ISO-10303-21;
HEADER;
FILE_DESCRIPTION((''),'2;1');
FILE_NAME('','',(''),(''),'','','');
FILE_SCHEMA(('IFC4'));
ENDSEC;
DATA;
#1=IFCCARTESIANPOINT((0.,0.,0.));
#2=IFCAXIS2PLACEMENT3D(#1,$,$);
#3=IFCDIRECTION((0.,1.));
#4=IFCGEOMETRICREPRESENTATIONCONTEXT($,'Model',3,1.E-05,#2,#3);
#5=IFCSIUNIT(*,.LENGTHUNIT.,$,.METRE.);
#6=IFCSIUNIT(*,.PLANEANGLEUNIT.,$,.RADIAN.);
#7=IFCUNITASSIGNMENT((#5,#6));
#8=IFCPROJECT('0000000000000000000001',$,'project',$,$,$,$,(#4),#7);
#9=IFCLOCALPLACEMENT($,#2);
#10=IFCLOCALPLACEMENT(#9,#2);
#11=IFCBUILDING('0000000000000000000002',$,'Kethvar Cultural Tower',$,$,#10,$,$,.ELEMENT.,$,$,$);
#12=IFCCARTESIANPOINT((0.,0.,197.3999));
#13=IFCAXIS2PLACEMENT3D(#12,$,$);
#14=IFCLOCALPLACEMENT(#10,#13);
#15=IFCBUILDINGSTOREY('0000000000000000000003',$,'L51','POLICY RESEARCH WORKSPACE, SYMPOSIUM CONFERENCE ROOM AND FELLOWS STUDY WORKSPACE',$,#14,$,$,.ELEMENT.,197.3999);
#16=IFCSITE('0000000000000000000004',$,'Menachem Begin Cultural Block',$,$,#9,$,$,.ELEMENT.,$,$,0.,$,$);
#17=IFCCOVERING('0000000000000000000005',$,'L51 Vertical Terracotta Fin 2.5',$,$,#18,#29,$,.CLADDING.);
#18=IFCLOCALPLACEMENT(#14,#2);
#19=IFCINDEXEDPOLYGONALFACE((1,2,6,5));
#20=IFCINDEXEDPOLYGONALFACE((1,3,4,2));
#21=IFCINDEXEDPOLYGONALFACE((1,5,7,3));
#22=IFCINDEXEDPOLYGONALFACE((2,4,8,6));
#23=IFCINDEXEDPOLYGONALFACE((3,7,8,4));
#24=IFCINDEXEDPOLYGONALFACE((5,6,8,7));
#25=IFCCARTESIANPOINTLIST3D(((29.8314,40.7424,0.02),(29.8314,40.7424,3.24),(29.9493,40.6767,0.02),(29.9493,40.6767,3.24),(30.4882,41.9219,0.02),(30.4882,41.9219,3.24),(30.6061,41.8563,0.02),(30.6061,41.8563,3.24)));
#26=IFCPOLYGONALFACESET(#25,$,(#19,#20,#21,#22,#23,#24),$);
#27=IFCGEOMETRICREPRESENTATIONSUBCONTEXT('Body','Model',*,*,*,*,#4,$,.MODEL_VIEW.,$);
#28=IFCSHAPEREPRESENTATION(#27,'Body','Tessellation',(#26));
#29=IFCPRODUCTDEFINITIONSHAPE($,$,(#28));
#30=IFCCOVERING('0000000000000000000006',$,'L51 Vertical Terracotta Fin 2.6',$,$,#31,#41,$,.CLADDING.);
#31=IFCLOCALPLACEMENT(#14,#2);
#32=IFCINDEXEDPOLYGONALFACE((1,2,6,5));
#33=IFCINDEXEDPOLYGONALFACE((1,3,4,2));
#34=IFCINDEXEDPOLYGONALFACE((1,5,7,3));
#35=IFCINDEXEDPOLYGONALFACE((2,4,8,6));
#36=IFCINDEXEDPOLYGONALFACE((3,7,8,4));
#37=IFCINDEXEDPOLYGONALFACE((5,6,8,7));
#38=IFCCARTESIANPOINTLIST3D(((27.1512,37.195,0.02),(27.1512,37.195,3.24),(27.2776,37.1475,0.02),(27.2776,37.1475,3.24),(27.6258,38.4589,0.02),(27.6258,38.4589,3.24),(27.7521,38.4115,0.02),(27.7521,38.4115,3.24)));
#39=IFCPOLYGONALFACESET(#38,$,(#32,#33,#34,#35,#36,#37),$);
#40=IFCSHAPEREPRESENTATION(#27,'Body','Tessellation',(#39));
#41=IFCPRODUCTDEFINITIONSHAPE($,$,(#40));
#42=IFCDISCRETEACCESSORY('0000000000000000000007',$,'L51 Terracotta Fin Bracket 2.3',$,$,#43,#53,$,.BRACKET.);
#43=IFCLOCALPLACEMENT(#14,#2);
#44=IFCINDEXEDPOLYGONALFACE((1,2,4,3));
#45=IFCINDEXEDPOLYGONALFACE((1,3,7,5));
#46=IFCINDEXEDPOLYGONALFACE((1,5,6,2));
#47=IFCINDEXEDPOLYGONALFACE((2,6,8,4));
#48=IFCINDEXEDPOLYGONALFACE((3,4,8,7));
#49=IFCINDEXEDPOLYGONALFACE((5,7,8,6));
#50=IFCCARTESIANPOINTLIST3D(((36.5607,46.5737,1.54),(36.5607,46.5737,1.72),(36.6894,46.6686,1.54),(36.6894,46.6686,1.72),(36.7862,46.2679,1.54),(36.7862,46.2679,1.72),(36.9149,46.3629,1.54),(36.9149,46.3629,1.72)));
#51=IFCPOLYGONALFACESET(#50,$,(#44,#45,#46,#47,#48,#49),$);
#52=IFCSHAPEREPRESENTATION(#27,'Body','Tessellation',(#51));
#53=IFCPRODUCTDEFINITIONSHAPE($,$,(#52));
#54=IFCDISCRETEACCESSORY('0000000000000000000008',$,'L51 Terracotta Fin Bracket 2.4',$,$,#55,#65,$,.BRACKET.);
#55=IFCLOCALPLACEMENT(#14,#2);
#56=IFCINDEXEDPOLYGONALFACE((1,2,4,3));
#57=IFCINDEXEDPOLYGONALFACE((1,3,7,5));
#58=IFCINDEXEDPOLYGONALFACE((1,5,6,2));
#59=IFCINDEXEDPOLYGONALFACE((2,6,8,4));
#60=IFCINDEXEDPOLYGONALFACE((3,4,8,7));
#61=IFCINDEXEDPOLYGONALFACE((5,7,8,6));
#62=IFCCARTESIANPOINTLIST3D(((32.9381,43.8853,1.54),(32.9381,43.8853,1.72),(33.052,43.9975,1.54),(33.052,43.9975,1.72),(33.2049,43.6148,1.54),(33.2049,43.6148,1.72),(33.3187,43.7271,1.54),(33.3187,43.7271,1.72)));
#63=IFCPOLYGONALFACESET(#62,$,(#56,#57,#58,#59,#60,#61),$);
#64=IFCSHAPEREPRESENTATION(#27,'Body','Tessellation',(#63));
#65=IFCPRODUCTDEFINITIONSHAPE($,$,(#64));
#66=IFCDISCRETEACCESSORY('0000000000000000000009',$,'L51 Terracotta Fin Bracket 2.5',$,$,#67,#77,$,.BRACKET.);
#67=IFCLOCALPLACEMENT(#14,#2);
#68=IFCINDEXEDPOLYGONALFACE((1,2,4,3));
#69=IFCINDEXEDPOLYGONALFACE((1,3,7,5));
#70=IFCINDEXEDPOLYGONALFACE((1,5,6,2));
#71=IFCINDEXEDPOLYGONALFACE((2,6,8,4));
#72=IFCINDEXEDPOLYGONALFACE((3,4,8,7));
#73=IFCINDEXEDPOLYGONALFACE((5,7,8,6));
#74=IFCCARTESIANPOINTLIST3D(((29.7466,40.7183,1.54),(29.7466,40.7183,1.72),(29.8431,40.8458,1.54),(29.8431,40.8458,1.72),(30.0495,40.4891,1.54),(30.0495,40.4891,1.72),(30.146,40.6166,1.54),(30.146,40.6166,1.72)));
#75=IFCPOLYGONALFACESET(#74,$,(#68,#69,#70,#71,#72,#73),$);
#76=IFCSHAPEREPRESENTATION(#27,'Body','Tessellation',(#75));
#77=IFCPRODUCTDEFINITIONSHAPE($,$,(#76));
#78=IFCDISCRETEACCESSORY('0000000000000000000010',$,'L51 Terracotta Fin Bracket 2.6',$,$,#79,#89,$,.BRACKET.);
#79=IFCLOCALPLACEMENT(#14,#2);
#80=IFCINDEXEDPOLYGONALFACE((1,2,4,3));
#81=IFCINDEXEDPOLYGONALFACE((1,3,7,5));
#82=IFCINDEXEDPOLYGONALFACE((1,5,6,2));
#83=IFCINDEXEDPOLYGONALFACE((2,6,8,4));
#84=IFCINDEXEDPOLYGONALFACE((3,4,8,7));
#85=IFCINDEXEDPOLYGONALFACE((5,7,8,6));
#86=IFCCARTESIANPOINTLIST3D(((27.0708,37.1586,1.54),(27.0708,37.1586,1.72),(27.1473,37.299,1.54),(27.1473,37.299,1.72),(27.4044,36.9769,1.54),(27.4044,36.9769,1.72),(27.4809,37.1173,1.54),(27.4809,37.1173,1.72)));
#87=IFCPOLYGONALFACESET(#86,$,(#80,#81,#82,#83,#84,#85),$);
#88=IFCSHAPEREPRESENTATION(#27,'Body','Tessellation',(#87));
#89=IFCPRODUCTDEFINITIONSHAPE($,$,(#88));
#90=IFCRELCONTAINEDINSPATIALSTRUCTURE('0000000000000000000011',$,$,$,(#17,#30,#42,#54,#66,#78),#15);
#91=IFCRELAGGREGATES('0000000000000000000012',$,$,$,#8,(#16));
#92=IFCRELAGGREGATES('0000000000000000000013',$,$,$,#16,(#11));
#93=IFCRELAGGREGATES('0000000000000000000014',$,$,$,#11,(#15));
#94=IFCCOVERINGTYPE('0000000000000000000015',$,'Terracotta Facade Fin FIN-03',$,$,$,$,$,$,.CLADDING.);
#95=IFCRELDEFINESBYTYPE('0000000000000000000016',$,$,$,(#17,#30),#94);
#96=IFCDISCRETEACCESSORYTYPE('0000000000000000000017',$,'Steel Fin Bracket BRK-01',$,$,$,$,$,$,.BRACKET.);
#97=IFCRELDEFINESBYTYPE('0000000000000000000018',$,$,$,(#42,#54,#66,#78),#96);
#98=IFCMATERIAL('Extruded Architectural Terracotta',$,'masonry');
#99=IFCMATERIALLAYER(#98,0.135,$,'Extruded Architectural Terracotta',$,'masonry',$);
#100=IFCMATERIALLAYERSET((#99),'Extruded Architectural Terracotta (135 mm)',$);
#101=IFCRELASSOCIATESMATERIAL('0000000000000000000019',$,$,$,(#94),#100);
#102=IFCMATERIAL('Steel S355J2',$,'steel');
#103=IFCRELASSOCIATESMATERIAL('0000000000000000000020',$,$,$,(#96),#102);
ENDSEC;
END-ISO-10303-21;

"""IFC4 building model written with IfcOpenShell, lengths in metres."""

from ifc_helpers import new_model, si_unit, direction, frame, origin, origin_2d, place, context, subcontext, project, spatial, rectangle, extrude, source, transform, mapped, material, layer, layer_set, type_object, element, save


model = new_model("IFC4")

# Units and contexts
model_context = context("Model", 3, precision=1e-05, world=origin(), true_north=direction((0.0, 1.0)))
body_context = subcontext(model_context, "Body", "Model", "MODEL_VIEW")
ifc_project = project(units=[si_unit("LENGTHUNIT", "METRE"), si_unit("PLANEANGLEUNIT", "RADIAN")], contexts=[model_context])

# Site, building, storey
site_placement = place(None, origin())
site = spatial("IfcSite", under=ifc_project, at=site_placement, Name="Menachem Begin Cultural Block", CompositionType="ELEMENT", RefElevation=0.0)
building_placement = place(site_placement, origin())
building = spatial("IfcBuilding", under=site, at=building_placement, Name="Kethvar Cultural Tower", CompositionType="ELEMENT")
storey_placement = place(building_placement, frame((0.0, 0.0, 197.3999)))
storey = spatial("IfcBuildingStorey", under=building, at=storey_placement, Name="L51", Description="POLICY RESEARCH WORKSPACE, SYMPOSIUM CONFERENCE ROOM AND FELLOWS STUDY WORKSPACE", CompositionType="ELEMENT", Elevation=197.3999)

# Shared definitions
ifc_material_1 = material(Name="Steel S355J2", Category="steel")

# Coverings
ifc_material_2 = material(Name="Extruded Architectural Terracotta", Category="masonry")
ifc_layer_1 = layer(ifc_material_2, 0.135, Name="Extruded Architectural Terracotta", Category="masonry")
ifc_layer_set_1 = layer_set([ifc_layer_1], Name="Extruded Architectural Terracotta (135 mm)")
covering_type = type_object("IfcCoveringType", Name="Terracotta Facade Fin FIN-03", PredefinedType="CLADDING", material=ifc_layer_set_1)
shared_shape_1 = source(origin(), body_context, "Body", "SweptSolid", [
    extrude(rectangle(XDim=1.3501, YDim=0.135, at=origin_2d()), origin(), (0.0, 0.0, 1.0), 3.22),
])
for number, where, z_axis, x_axis, name in (
    (1, (30.2188, 41.2993, 0.02), (0.0, 0.0, 1.0), (0.486488, 0.873687, 0.0), "L51 Vertical Terracotta Fin 2.5"),
    (2, (27.4517, 37.8032, 0.02), (0.0, 0.0, 1.0), (0.351515, 0.936182, 0.0), "L51 Vertical Terracotta Fin 2.6"),
):
    element("IfcCovering", number, at=place(storey_placement, frame(where, z_axis=z_axis, x_axis=x_axis)), inside=storey, type_object=covering_type, Name=name, PredefinedType="CLADDING", context=body_context, shape_type="MappedRepresentation", body=[
        mapped(shared_shape_1, transform((0.0, 0.0, 0.0), scale=1.0)),
    ])

# Discrete accessories
discrete_accessory_type = type_object("IfcDiscreteAccessoryType", Name="Steel Fin Bracket BRK-01", PredefinedType="BRACKET", material=ifc_material_1)
shared_shape_2 = source(origin(), body_context, "Body", "SweptSolid", [
    extrude(rectangle(XDim=0.3799, YDim=0.1599, at=origin_2d()), origin(), (0.0, 0.0, 1.0), 0.1799),
])
for number, where, z_axis, x_axis, name in (
    (3, (36.7378, 46.4683, 1.54), (0.0, 0.0, 1.0), (-0.593559, 0.80479, 0.0), "L51 Terracotta Fin Bracket 2.3"),
    (4, (33.1284, 43.8062, 1.54), (0.0, 0.0, 1.0), (-0.702153, 0.712026, 0.0), "L51 Terracotta Fin Bracket 2.4"),
    (5, (29.9463, 40.6675, 1.54), (0.0, 0.0, 1.0), (-0.797479, 0.603347, 0.0), "L51 Terracotta Fin Bracket 2.5"),
    (6, (27.2759, 37.1379, 1.54), (0.0, 0.0, 1.0), (-0.87815, 0.478385, 0.0), "L51 Terracotta Fin Bracket 2.6"),
):
    element("IfcDiscreteAccessory", number, at=place(storey_placement, frame(where, z_axis=z_axis, x_axis=x_axis)), inside=storey, type_object=discrete_accessory_type, Name=name, PredefinedType="BRACKET", context=body_context, shape_type="MappedRepresentation", body=[
        mapped(shared_shape_2, transform((0.0, 0.0, 0.0), scale=1.0)),
    ])

save(model, "model.ifc")
